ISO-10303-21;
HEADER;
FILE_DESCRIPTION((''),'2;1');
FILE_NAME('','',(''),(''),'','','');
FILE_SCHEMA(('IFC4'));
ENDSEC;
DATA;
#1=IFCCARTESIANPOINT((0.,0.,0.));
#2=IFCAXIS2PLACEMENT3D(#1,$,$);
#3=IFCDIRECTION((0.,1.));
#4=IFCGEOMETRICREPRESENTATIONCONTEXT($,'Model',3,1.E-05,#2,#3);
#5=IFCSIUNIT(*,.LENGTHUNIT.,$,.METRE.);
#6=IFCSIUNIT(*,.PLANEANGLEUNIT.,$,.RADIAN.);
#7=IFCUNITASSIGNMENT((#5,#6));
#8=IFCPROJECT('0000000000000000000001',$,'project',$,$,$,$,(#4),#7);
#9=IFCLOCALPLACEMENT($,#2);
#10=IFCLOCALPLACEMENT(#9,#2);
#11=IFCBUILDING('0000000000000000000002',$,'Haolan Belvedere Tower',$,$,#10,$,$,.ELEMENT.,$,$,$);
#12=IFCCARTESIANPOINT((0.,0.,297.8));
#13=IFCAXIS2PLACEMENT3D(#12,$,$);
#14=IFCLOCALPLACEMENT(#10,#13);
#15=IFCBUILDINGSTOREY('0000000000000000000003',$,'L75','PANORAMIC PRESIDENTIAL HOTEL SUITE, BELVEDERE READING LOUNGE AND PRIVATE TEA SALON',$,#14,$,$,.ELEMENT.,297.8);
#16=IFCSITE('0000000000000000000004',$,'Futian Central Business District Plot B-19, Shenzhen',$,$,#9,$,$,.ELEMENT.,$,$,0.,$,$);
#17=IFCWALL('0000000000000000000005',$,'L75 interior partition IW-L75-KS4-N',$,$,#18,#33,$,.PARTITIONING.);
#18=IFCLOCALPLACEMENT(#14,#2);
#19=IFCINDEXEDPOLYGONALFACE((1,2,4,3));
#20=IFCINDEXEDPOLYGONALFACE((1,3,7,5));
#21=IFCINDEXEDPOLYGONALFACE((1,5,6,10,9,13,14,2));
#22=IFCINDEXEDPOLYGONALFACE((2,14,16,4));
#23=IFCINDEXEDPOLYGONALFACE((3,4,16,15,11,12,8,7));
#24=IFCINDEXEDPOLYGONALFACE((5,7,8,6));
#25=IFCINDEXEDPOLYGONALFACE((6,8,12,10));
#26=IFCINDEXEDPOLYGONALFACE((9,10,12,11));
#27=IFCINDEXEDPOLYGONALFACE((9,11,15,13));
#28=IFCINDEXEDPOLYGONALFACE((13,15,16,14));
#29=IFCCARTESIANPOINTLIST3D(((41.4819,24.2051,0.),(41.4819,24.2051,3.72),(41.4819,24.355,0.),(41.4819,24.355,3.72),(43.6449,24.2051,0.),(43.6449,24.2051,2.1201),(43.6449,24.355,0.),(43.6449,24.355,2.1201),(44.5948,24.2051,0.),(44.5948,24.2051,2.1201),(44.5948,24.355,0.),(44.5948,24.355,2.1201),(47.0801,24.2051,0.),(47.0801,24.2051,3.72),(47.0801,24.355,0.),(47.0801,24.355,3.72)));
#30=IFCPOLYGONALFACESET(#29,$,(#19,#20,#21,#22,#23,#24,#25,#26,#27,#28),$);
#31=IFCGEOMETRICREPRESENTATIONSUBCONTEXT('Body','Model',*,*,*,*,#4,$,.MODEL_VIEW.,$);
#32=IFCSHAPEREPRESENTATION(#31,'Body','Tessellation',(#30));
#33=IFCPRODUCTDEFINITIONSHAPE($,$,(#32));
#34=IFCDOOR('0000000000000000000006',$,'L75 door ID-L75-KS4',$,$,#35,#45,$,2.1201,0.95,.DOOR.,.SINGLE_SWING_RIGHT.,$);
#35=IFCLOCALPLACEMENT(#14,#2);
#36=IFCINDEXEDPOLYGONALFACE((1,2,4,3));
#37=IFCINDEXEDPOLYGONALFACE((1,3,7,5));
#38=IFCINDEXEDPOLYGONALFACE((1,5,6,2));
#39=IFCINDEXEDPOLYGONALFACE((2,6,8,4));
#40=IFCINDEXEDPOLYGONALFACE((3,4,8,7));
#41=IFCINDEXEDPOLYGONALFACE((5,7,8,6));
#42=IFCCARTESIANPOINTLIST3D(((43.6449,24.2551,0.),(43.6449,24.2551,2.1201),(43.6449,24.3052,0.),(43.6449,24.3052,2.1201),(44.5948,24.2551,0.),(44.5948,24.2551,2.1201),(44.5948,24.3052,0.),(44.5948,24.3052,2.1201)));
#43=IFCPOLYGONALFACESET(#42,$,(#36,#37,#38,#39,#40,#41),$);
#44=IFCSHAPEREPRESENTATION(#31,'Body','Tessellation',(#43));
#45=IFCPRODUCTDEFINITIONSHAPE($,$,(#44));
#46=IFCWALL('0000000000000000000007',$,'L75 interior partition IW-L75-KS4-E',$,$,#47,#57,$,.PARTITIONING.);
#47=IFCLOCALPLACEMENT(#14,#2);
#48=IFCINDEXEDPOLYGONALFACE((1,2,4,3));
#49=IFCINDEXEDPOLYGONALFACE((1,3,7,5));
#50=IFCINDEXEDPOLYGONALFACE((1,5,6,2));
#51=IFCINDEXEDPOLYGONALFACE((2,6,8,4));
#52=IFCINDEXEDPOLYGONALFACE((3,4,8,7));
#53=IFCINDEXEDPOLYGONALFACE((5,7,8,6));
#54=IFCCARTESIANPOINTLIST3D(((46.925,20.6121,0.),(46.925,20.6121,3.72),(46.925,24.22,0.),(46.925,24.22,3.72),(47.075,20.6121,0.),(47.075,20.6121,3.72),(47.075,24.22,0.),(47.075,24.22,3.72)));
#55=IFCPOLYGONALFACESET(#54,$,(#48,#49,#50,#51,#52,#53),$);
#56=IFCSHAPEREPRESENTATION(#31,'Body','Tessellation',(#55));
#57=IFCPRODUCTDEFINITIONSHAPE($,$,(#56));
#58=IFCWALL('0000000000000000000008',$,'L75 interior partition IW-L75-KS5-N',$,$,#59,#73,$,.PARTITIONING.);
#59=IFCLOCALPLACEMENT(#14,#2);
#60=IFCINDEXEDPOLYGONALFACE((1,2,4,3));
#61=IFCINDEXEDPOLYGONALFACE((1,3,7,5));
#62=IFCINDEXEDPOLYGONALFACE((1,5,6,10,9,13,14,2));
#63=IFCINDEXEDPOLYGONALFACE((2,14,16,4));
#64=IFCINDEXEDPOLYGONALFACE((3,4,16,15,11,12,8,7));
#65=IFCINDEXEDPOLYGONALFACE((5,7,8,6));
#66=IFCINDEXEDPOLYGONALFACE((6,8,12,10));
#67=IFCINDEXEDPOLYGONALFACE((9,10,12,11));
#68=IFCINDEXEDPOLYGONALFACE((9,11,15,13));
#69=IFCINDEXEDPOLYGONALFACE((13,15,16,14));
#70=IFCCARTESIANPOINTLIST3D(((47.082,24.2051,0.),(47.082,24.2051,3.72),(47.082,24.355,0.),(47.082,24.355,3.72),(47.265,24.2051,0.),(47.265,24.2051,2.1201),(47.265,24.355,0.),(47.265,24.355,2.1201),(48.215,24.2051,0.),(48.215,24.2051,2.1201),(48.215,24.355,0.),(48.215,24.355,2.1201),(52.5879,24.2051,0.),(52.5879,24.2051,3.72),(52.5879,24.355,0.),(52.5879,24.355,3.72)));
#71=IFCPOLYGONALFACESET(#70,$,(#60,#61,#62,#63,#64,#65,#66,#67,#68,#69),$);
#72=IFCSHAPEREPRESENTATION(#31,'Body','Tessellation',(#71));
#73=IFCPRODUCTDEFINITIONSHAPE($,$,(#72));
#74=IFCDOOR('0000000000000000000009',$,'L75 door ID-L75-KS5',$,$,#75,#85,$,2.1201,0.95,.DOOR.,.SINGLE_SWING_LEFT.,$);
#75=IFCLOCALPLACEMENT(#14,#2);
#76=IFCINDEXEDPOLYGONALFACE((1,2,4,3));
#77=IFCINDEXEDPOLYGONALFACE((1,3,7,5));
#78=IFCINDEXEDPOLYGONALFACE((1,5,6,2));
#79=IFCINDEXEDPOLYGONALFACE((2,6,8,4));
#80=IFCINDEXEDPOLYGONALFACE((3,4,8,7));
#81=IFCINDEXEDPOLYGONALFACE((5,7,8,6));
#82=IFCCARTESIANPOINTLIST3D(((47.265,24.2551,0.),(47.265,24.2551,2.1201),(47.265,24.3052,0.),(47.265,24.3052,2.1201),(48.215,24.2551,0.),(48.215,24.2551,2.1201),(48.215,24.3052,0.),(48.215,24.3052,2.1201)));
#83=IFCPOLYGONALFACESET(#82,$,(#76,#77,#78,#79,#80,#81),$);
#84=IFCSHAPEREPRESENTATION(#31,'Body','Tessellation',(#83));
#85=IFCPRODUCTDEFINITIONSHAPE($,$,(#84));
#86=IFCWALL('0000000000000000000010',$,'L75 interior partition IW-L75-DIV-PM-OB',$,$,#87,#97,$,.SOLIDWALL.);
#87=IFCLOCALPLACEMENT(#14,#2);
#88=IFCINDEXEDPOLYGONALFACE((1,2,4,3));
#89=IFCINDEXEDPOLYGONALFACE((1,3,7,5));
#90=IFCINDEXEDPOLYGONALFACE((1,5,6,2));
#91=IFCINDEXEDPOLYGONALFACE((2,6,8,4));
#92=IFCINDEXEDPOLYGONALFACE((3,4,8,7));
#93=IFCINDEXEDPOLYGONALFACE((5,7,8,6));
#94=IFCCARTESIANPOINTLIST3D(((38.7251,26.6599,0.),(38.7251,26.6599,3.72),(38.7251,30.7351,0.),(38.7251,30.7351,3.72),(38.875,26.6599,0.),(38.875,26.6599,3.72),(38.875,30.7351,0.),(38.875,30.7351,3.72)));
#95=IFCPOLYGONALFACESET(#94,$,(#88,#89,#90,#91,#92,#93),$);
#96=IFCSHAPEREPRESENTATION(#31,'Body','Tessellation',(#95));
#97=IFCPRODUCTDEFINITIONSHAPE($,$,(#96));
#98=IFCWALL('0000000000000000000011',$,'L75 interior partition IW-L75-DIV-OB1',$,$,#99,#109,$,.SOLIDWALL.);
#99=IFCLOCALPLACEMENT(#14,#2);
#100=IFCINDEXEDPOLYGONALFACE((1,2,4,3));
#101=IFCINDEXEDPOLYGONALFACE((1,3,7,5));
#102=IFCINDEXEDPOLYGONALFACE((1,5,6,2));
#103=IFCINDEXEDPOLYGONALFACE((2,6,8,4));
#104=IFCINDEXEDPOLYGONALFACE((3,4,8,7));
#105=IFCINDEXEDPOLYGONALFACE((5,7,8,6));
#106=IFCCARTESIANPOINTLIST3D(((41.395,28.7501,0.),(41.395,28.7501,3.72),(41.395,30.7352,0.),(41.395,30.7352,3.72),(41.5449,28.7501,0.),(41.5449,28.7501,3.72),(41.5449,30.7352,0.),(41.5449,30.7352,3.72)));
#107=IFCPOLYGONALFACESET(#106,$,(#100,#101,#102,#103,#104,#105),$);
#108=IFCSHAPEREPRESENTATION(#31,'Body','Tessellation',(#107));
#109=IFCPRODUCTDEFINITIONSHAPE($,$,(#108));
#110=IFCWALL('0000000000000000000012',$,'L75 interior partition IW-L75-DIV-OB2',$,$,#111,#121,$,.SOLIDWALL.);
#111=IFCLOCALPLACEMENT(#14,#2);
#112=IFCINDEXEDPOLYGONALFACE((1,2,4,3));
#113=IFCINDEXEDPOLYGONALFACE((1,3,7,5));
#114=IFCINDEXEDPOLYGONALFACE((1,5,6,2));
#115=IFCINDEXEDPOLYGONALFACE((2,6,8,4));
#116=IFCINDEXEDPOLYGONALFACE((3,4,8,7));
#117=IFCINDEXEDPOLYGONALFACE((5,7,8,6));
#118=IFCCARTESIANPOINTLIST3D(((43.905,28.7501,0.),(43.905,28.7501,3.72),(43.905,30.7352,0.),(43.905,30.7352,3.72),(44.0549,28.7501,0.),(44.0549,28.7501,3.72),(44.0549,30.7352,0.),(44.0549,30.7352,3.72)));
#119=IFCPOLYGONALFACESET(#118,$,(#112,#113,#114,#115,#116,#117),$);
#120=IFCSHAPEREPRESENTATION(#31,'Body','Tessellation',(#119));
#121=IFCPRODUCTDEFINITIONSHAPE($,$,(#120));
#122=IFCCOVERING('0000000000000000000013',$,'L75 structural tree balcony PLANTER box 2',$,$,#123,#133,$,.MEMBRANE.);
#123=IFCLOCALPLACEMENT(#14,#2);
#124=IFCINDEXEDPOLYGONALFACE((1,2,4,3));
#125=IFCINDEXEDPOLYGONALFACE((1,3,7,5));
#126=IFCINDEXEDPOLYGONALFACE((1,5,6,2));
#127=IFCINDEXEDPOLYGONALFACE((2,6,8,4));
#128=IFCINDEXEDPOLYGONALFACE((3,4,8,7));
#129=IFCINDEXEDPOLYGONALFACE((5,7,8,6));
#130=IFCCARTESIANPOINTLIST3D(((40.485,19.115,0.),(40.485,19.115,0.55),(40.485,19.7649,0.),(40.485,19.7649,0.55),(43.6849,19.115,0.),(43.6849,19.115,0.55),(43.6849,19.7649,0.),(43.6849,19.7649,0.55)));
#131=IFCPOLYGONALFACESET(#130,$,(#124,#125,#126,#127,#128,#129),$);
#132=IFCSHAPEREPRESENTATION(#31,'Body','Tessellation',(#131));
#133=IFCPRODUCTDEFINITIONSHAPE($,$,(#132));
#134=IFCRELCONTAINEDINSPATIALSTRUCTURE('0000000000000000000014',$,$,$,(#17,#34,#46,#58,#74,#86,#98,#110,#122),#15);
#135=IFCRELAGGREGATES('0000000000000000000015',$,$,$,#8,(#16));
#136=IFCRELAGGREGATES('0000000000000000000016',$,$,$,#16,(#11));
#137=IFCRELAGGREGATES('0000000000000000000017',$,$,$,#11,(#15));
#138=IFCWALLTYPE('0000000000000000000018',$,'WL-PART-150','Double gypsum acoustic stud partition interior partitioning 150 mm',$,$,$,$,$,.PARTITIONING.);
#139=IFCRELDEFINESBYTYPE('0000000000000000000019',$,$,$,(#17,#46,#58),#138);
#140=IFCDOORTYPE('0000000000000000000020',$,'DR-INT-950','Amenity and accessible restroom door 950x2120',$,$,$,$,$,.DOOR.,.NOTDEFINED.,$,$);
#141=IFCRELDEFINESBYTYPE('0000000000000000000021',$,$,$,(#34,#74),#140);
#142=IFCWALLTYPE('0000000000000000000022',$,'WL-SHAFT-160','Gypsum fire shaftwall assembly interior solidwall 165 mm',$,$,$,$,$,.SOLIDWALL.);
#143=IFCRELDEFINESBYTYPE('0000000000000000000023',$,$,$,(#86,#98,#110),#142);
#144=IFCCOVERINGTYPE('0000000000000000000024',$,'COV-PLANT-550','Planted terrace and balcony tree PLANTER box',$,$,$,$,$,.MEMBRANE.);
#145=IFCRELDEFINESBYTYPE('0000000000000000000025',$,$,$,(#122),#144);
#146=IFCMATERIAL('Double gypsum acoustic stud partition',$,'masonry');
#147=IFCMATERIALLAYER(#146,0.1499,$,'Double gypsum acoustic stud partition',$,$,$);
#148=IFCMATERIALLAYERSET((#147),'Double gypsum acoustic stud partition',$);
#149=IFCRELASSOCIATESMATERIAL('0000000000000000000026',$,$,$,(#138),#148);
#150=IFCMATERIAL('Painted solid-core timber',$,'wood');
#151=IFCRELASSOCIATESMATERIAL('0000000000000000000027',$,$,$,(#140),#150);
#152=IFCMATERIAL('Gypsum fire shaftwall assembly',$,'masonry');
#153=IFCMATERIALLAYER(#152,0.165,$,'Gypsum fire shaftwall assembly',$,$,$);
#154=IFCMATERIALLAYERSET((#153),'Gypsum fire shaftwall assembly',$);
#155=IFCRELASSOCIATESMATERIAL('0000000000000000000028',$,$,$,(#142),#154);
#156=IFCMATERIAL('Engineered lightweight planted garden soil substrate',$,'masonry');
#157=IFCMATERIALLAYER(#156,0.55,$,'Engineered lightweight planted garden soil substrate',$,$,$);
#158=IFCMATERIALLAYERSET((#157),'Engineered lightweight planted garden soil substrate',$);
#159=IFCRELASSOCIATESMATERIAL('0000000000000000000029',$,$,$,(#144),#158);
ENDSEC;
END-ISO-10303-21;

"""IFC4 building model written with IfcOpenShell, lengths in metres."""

from ifc_helpers import new_model, si_unit, direction, frame, frame_2d, origin, origin_2d, place, context, subcontext, project, spatial, rectangle, extrude, material, layer, layer_set, type_object, element, fill, save


model = new_model("IFC4")

# Units and contexts
model_context = context("Model", 3, precision=1e-05, world=origin(), true_north=direction((0.0, 1.0)))
body_context = subcontext(model_context, "Body", "Model", "MODEL_VIEW")
ifc_project = project(units=[si_unit("LENGTHUNIT", "METRE"), si_unit("PLANEANGLEUNIT", "RADIAN")], contexts=[model_context])

# Site, building, storey
site_placement = place(None, origin())
site = spatial("IfcSite", under=ifc_project, at=site_placement, Name="Futian Central Business District Plot B-19, Shenzhen", CompositionType="ELEMENT", RefElevation=0.0)
building_placement = place(site_placement, origin())
building = spatial("IfcBuilding", under=site, at=building_placement, Name="Haolan Belvedere Tower", CompositionType="ELEMENT")
storey_placement = place(building_placement, frame((0.0, 0.0, 297.8)))
storey = spatial("IfcBuildingStorey", under=building, at=storey_placement, Name="L75", Description="PANORAMIC PRESIDENTIAL HOTEL SUITE, BELVEDERE READING LOUNGE AND PRIVATE TEA SALON", CompositionType="ELEMENT", Elevation=297.8)

# Shared definitions
ifc_material_1 = material(Name="Double gypsum acoustic stud partition", Category="masonry")
ifc_layer_1 = layer(ifc_material_1, 0.1499, Name="Double gypsum acoustic stud partition")
ifc_layer_set_1 = layer_set([ifc_layer_1], Name="Double gypsum acoustic stud partition")
wall_type_1 = type_object("IfcWallType", Name="WL-PART-150", Description="Double gypsum acoustic stud partition interior partitioning 150 mm", PredefinedType="PARTITIONING", material=ifc_layer_set_1)

# Shared definitions
ifc_material_2 = material(Name="Painted solid-core timber", Category="wood")
door_type_1 = type_object("IfcDoorType", Name="DR-INT-950", Description="Amenity and accessible restroom door 950x2120", OperationType="NOTDEFINED", PredefinedType="DOOR", material=ifc_material_2)

# Wall, opening, door
wall_1_placement = place(storey_placement, frame((41.4819, 24.28, 0.0), z_axis=(0.0, 0.0, 1.0), x_axis=(1.0, 0.0, 0.0)))
wall_1 = element("IfcWall", 1, at=wall_1_placement, inside=storey, type_object=wall_type_1, Name="L75 interior partition IW-L75-KS4-N", PredefinedType="PARTITIONING", context=body_context, shape_type="SweptSolid", body=[
    extrude(rectangle(XDim=5.5981, YDim=0.1499, at=frame_2d((2.7991, 0.0))), origin(), (0.0, 0.0, 1.0), 3.72),
])
opening_1_placement = place(wall_1_placement, frame((3.113, 0.0, 0.0), z_axis=(0.0, 0.0, 1.0), x_axis=(-1.0, 0.0, 0.0)))
opening_1 = element("IfcOpeningElement", 2, at=opening_1_placement, cuts=wall_1, PredefinedType="OPENING", context=body_context, shape_type="SweptSolid", body=[
    extrude(rectangle(XDim=0.95, YDim=2.1201, at=frame_2d((0.4751, 1.0601))), frame((0.0, 0.085, 0.0), z_axis=(0.0, -1.0, 0.0), x_axis=(1.0, 0.0, 0.0)), (0.0, 0.0, 1.0), 0.1699),
])
door_1_placement = place(opening_1_placement, origin())
door_1 = element("IfcDoor", 3, at=door_1_placement, inside=storey, type_object=door_type_1, Name="L75 door ID-L75-KS4", OperationType="SINGLE_SWING_RIGHT", OverallHeight=2.1201, OverallWidth=0.95, PredefinedType="DOOR", context=body_context, shape_type="SweptSolid", body=[
    extrude(rectangle(XDim=0.95, YDim=2.1201, at=frame_2d((0.4751, 1.0601))), frame((0.0, 0.0249, 0.0), z_axis=(0.0, -1.0, 0.0), x_axis=(1.0, 0.0, 0.0)), (0.0, 0.0, 1.0), 0.05),
])
fill(opening_1, door_1)

# Wall
wall_2_placement = place(storey_placement, frame((47.0, 20.6121, 0.0), z_axis=(0.0, 0.0, 1.0), x_axis=(0.0, 1.0, 0.0)))
element("IfcWall", 4, at=wall_2_placement, inside=storey, type_object=wall_type_1, Name="L75 interior partition IW-L75-KS4-E", PredefinedType="PARTITIONING", context=body_context, shape_type="SweptSolid", body=[
    extrude(rectangle(XDim=3.6079, YDim=0.1499, at=frame_2d((1.804, 0.0))), origin(), (0.0, 0.0, 1.0), 3.72),
])

# Wall, opening, door
wall_3_placement = place(storey_placement, frame((47.082, 24.28, 0.0), z_axis=(0.0, 0.0, 1.0), x_axis=(1.0, 0.0, 0.0)))
wall_3 = element("IfcWall", 5, at=wall_3_placement, inside=storey, type_object=wall_type_1, Name="L75 interior partition IW-L75-KS5-N", PredefinedType="PARTITIONING", context=body_context, shape_type="SweptSolid", body=[
    extrude(rectangle(XDim=5.5059, YDim=0.1499, at=frame_2d((2.7529, 0.0))), origin(), (0.0, 0.0, 1.0), 3.72),
])
opening_2_placement = place(wall_3_placement, frame((1.1331, 0.0, 0.0), z_axis=(0.0, 0.0, 1.0), x_axis=(-1.0, 0.0, 0.0)))
opening_2 = element("IfcOpeningElement", 6, at=opening_2_placement, cuts=wall_3, PredefinedType="OPENING", context=body_context, shape_type="SweptSolid", body=[
    extrude(rectangle(XDim=0.95, YDim=2.1201, at=frame_2d((0.4751, 1.0601))), frame((0.0, 0.085, 0.0), z_axis=(0.0, -1.0, 0.0), x_axis=(1.0, 0.0, 0.0)), (0.0, 0.0, 1.0), 0.1699),
])
door_2_placement = place(opening_2_placement, origin())
door_2 = element("IfcDoor", 7, at=door_2_placement, inside=storey, type_object=door_type_1, Name="L75 door ID-L75-KS5", OperationType="SINGLE_SWING_LEFT", OverallHeight=2.1201, OverallWidth=0.95, PredefinedType="DOOR", context=body_context, shape_type="SweptSolid", body=[
    extrude(rectangle(XDim=0.95, YDim=2.1201, at=frame_2d((0.4751, 1.0601))), frame((0.0, 0.0249, 0.0), z_axis=(0.0, -1.0, 0.0), x_axis=(1.0, 0.0, 0.0)), (0.0, 0.0, 1.0), 0.05),
])
fill(opening_2, door_2)

# Walls
ifc_material_3 = material(Name="Gypsum fire shaftwall assembly", Category="masonry")
ifc_layer_2 = layer(ifc_material_3, 0.165, Name="Gypsum fire shaftwall assembly")
ifc_layer_set_2 = layer_set([ifc_layer_2], Name="Gypsum fire shaftwall assembly")
wall_type_2 = type_object("IfcWallType", Name="WL-SHAFT-160", Description="Gypsum fire shaftwall assembly interior solidwall 165 mm", PredefinedType="SOLIDWALL", material=ifc_layer_set_2)
wall_4_placement = place(storey_placement, frame((38.8, 26.6599, 0.0), z_axis=(0.0, 0.0, 1.0), x_axis=(0.0, 1.0, 0.0)))
element("IfcWall", 8, at=wall_4_placement, inside=storey, type_object=wall_type_2, Name="L75 interior partition IW-L75-DIV-PM-OB", PredefinedType="SOLIDWALL", context=body_context, shape_type="SweptSolid", body=[
    extrude(rectangle(XDim=4.0752, YDim=0.1499, at=frame_2d((2.0376, 0.0))), origin(), (0.0, 0.0, 1.0), 3.72),
])
for number, where, z_axis, x_axis, name in (
    (9, (41.47, 28.75, 0.0), (0.0, 0.0, 1.0), (0.0, 1.0, 0.0), "L75 interior partition IW-L75-DIV-OB1"),
    (10, (43.98, 28.75, 0.0), (0.0, 0.0, 1.0), (0.0, 1.0, 0.0), "L75 interior partition IW-L75-DIV-OB2"),
):
    element("IfcWall", number, at=place(storey_placement, frame(where, z_axis=z_axis, x_axis=x_axis)), inside=storey, type_object=wall_type_2, Name=name, PredefinedType="SOLIDWALL", context=body_context, shape_type="SweptSolid", body=[
        extrude(rectangle(XDim=1.9851, YDim=0.1499, at=frame_2d((0.9927, 0.0))), origin(), (0.0, 0.0, 1.0), 3.72),
    ])

# Covering
ifc_material_4 = material(Name="Engineered lightweight planted garden soil substrate", Category="masonry")
ifc_layer_3 = layer(ifc_material_4, 0.55, Name="Engineered lightweight planted garden soil substrate")
ifc_layer_set_3 = layer_set([ifc_layer_3], Name="Engineered lightweight planted garden soil substrate")
covering_type = type_object("IfcCoveringType", Name="COV-PLANT-550", Description="Planted terrace and balcony tree PLANTER box", PredefinedType="MEMBRANE", material=ifc_layer_set_3)
covering_placement = place(storey_placement, frame((42.085, 19.4399, 0.0), z_axis=(0.0, 0.0, 1.0), x_axis=(1.0, 0.0, 0.0)))
element("IfcCovering", 11, at=covering_placement, inside=storey, type_object=covering_type, Name="L75 structural tree balcony PLANTER box 2", PredefinedType="MEMBRANE", context=body_context, shape_type="SweptSolid", body=[
    extrude(rectangle(XDim=3.2, YDim=0.6499, at=origin_2d()), origin(), (0.0, 0.0, 1.0), 0.55),
])

save(model, "model.ifc")
